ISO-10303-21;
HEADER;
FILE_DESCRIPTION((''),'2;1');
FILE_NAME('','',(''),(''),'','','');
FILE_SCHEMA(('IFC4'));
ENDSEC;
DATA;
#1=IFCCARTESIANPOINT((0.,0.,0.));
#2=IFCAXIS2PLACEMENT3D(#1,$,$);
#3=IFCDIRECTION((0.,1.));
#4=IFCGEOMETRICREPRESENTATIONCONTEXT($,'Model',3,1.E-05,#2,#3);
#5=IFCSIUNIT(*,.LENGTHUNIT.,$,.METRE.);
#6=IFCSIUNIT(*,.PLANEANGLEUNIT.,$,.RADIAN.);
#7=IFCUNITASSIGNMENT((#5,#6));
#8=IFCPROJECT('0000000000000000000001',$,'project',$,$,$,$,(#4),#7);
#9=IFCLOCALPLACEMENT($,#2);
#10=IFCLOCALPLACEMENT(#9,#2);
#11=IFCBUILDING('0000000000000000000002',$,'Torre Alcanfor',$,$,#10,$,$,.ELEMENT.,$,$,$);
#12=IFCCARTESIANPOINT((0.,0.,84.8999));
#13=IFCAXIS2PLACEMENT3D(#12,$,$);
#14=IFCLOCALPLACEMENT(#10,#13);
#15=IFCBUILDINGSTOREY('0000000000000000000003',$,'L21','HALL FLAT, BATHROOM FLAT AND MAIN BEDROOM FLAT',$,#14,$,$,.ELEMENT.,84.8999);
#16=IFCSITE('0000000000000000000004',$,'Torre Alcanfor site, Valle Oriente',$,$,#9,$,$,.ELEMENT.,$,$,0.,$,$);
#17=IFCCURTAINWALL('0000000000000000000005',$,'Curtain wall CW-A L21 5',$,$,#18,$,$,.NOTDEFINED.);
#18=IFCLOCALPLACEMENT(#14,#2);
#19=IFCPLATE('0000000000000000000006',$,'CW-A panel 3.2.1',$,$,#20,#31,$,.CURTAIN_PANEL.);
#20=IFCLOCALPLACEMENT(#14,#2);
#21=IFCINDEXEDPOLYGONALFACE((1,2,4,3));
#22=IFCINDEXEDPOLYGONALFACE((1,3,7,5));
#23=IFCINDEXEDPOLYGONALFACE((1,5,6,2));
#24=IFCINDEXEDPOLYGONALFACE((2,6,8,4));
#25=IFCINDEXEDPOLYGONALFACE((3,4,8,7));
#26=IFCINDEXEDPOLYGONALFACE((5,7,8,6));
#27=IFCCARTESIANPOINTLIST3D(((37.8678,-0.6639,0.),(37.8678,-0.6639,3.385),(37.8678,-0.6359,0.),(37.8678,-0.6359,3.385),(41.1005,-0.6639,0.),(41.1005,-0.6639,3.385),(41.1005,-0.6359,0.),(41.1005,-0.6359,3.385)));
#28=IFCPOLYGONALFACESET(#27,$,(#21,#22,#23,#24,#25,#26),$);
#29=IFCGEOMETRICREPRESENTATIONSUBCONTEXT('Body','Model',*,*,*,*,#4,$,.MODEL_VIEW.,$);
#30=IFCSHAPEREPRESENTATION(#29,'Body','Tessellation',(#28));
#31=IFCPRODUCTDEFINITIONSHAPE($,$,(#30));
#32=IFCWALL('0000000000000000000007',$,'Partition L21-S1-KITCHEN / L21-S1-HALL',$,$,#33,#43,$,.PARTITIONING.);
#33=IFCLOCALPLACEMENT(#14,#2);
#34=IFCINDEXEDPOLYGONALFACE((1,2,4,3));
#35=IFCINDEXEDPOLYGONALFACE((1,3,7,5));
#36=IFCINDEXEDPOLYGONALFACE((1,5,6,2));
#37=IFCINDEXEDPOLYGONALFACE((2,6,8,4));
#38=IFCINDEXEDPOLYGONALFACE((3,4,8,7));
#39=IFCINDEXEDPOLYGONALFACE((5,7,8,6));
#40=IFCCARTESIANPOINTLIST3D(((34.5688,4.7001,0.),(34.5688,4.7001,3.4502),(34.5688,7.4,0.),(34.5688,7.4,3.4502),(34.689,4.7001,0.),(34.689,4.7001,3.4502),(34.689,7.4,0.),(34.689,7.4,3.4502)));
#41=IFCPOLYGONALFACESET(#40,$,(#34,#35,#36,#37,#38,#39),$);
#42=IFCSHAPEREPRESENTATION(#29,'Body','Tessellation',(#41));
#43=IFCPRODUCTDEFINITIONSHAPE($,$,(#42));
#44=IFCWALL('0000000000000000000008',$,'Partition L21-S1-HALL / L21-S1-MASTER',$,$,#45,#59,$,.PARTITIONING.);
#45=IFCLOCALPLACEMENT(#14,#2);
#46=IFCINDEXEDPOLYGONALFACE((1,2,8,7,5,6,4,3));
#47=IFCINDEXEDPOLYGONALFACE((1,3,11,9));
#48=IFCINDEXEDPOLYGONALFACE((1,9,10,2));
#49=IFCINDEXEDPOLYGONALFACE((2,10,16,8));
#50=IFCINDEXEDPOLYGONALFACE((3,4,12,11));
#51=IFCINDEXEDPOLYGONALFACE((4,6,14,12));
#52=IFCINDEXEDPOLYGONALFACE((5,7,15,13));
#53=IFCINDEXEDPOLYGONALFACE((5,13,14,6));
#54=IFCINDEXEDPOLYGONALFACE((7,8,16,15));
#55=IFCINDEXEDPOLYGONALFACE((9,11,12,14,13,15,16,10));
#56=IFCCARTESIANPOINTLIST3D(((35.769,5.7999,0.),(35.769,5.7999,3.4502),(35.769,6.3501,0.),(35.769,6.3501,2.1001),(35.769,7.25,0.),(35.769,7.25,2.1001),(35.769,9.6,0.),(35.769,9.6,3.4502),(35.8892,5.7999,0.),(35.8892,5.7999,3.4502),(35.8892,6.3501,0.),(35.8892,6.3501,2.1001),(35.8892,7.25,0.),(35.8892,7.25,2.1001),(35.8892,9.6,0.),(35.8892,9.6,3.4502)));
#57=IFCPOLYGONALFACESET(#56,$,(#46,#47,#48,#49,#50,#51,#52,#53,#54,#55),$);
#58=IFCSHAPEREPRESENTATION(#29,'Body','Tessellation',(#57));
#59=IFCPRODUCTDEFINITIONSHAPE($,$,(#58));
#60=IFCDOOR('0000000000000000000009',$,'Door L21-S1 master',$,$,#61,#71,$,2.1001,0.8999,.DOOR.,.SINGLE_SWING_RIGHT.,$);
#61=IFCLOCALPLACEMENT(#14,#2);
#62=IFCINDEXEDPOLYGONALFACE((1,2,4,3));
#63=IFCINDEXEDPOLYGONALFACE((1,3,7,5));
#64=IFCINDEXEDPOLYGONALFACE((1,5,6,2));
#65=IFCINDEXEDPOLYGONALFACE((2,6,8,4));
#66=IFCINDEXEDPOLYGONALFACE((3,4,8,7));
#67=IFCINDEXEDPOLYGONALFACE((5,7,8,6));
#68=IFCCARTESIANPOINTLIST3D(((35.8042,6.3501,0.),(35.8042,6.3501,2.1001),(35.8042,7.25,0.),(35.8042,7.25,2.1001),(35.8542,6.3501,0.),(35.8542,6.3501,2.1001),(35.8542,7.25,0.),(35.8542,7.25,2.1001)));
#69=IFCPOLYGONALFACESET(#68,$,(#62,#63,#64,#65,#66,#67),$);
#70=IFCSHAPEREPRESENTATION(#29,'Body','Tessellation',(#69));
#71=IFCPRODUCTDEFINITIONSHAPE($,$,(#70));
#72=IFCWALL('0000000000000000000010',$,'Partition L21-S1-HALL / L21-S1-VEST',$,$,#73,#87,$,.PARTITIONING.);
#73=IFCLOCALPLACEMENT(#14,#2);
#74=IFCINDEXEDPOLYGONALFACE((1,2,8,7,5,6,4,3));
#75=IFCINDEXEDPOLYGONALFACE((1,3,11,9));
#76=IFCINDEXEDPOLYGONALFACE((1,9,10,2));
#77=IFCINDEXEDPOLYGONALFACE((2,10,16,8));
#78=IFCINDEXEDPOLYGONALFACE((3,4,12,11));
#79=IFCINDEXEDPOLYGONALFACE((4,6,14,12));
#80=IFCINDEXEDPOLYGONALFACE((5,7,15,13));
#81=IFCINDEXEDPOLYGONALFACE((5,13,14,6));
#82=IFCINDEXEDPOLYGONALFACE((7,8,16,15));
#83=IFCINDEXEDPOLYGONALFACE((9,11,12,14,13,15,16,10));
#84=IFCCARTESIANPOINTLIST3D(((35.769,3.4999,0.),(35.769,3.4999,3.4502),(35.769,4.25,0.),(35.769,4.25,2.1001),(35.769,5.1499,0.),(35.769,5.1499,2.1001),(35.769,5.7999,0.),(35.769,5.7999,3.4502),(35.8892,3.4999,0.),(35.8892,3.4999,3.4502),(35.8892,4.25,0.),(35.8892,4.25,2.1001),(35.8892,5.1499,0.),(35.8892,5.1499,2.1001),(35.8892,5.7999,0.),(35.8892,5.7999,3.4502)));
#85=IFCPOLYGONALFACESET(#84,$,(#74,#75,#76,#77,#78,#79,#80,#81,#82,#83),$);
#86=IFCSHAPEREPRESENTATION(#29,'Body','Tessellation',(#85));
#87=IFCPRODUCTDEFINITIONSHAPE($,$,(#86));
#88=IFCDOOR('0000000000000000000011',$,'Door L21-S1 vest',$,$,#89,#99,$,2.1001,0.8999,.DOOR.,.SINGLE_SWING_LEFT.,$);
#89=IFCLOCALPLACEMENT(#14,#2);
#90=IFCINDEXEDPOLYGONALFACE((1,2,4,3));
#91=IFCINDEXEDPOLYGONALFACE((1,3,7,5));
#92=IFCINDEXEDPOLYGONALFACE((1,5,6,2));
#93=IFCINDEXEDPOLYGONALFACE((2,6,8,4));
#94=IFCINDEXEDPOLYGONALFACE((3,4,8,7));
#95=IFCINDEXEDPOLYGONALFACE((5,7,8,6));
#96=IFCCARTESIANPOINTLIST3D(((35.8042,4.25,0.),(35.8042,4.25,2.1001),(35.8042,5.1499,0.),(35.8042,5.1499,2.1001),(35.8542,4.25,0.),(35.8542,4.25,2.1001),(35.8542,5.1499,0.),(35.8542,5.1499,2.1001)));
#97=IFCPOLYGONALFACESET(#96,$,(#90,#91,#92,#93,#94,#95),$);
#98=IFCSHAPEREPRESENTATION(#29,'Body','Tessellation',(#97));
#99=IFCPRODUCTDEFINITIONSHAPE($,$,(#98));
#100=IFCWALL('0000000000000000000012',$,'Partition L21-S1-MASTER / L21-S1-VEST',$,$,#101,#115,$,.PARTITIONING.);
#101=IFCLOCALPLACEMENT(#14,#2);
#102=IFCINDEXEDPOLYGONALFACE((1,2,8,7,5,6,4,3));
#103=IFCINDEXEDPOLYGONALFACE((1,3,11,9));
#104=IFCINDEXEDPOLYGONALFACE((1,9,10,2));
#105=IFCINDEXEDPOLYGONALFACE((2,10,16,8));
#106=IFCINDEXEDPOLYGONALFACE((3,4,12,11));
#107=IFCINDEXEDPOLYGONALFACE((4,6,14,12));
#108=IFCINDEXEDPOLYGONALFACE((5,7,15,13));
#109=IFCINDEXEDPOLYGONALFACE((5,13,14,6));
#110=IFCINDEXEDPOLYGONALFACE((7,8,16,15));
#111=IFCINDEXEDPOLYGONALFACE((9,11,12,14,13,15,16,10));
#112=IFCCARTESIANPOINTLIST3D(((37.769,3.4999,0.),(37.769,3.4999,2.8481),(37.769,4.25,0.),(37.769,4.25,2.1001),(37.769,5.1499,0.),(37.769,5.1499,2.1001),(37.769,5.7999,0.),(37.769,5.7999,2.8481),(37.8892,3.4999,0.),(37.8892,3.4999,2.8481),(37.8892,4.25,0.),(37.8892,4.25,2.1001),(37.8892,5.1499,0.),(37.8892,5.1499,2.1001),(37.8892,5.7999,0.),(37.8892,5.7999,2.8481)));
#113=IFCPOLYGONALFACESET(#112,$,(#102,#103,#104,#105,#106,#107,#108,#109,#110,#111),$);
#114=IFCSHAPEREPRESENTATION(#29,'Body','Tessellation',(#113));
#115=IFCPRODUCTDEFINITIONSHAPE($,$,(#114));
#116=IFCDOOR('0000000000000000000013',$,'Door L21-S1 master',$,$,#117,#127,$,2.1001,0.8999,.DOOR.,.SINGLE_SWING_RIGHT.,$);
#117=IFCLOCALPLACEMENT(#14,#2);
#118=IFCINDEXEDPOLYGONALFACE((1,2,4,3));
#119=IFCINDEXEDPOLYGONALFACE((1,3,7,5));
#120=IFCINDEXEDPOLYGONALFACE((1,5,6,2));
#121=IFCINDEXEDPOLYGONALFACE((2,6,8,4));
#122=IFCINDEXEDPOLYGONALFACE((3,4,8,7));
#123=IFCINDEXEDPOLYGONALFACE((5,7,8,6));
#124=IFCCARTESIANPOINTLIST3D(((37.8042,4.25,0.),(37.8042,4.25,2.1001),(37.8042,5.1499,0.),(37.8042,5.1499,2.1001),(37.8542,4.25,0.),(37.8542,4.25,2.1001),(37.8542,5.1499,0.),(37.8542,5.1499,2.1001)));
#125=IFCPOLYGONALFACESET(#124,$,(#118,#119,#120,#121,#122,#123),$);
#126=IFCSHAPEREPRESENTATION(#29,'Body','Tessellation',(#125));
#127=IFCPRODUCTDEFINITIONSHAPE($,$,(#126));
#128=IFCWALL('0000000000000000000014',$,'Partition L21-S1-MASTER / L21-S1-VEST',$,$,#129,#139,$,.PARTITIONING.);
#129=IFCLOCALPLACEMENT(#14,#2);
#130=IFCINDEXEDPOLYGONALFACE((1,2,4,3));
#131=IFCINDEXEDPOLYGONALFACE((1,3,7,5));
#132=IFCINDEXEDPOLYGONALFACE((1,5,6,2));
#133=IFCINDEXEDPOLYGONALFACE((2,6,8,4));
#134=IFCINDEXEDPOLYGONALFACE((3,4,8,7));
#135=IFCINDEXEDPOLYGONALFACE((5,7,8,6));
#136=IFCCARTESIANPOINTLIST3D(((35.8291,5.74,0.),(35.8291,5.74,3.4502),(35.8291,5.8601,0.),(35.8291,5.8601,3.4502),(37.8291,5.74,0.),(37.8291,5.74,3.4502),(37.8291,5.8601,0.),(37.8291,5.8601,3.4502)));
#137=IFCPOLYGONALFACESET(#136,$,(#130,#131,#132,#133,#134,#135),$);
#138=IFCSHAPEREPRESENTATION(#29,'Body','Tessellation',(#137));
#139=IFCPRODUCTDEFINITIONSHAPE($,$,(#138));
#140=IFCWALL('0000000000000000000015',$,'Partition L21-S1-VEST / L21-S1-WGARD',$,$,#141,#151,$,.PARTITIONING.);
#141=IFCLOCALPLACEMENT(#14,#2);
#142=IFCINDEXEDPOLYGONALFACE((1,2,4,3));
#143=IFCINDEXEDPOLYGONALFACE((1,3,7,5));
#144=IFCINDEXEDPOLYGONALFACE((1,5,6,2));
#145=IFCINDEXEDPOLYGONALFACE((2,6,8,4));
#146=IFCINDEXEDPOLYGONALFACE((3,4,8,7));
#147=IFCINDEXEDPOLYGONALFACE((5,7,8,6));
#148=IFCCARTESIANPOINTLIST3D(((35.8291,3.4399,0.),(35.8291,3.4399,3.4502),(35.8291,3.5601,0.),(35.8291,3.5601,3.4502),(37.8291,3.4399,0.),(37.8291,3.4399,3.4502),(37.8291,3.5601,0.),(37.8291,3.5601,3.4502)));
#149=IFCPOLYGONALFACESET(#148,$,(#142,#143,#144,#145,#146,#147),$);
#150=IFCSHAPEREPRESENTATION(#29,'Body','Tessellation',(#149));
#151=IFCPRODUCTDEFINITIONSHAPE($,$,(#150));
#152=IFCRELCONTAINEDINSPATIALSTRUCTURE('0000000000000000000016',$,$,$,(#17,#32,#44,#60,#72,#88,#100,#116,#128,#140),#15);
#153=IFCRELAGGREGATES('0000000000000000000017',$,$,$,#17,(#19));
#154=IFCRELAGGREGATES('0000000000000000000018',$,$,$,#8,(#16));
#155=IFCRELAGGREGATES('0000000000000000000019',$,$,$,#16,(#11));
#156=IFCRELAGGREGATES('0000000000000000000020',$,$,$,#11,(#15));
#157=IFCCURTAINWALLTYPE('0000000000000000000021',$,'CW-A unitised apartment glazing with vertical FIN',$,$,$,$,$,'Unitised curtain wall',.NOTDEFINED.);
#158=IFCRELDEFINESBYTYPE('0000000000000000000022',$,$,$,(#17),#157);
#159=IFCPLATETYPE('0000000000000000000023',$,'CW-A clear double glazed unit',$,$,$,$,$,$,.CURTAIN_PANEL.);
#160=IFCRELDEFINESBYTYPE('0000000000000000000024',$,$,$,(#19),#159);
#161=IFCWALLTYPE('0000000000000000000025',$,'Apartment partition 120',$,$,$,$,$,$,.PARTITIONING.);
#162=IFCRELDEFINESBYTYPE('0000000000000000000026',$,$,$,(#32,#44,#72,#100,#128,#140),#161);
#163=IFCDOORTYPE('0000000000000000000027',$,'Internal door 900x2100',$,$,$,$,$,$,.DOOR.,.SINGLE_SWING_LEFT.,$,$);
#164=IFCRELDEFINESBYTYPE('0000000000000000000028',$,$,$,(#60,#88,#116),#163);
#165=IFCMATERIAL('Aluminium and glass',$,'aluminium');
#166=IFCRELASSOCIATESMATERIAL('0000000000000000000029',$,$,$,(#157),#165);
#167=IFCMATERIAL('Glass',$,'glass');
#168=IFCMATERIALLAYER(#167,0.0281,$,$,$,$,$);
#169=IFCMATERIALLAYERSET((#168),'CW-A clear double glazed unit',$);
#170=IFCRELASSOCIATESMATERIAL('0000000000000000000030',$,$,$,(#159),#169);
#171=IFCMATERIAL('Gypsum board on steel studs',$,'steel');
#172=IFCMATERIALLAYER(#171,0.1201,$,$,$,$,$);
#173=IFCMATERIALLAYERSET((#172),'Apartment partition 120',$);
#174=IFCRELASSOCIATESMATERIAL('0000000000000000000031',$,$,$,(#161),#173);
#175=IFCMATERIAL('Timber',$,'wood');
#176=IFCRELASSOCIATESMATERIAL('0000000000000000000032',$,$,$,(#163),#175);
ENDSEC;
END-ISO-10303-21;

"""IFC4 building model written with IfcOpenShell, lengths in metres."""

from ifc_helpers import new_model, si_unit, direction, frame, frame_2d, origin, origin_2d, place, context, subcontext, project, spatial, rectangle, extrude, material, layer, layer_set, type_object, element, fill, aggregate, save


model = new_model("IFC4")

# Units and contexts
model_context = context("Model", 3, precision=1e-05, world=origin(), true_north=direction((0.0, 1.0)))
body_context = subcontext(model_context, "Body", "Model", "MODEL_VIEW")
ifc_project = project(units=[si_unit("LENGTHUNIT", "METRE"), si_unit("PLANEANGLEUNIT", "RADIAN")], contexts=[model_context])

# Site, building, storey
site_placement = place(None, origin())
site = spatial("IfcSite", under=ifc_project, at=site_placement, Name="Torre Alcanfor site, Valle Oriente", CompositionType="ELEMENT", RefElevation=0.0)
building_placement = place(site_placement, origin())
building = spatial("IfcBuilding", under=site, at=building_placement, Name="Torre Alcanfor", CompositionType="ELEMENT")
storey_placement = place(building_placement, frame((0.0, 0.0, 84.8999)))
storey = spatial("IfcBuildingStorey", under=building, at=storey_placement, Name="L21", Description="HALL FLAT, BATHROOM FLAT AND MAIN BEDROOM FLAT", CompositionType="ELEMENT", Elevation=84.8999)

# Curtain wall
ifc_material_1 = material(Name="Aluminium and glass", Category="aluminium")
curtain_wall_type = type_object("IfcCurtainWallType", Name="CW-A unitised apartment glazing with vertical FIN", ElementType="Unitised curtain wall", PredefinedType="NOTDEFINED", material=ifc_material_1)
curtain_wall_placement = place(storey_placement, origin())
curtain_wall = element("IfcCurtainWall", 1, at=curtain_wall_placement, inside=storey, type_object=curtain_wall_type, Name="Curtain wall CW-A L21 5", PredefinedType="NOTDEFINED")

# Plate
ifc_material_2 = material(Name="Glass", Category="glass")
ifc_layer_1 = layer(ifc_material_2, 0.0281)
ifc_layer_set_1 = layer_set([ifc_layer_1], Name="CW-A clear double glazed unit")
plate_type = type_object("IfcPlateType", Name="CW-A clear double glazed unit", PredefinedType="CURTAIN_PANEL", material=ifc_layer_set_1)
plate_1_placement = place(storey_placement, frame((39.4841, -0.6499, 0.0), z_axis=(0.0, 0.0, 1.0), x_axis=(1.0, 0.0, 0.0)))
plate_1 = element("IfcPlate", 2, at=plate_1_placement, type_object=plate_type, Name="CW-A panel 3.2.1", PredefinedType="CURTAIN_PANEL", context=body_context, shape_type="SweptSolid", body=[
    extrude(rectangle(XDim=3.2327, YDim=0.0281, at=origin_2d()), origin(), (0.0, 0.0, 1.0), 3.385),
])
aggregate(curtain_wall, [plate_1])

# Wall
ifc_material_3 = material(Name="Gypsum board on steel studs", Category="steel")
ifc_layer_2 = layer(ifc_material_3, 0.1201)
ifc_layer_set_2 = layer_set([ifc_layer_2], Name="Apartment partition 120")
wall_type_1 = type_object("IfcWallType", Name="Apartment partition 120", PredefinedType="PARTITIONING", material=ifc_layer_set_2)
wall_1_placement = place(storey_placement, frame((34.6289, 4.7, 0.0), z_axis=(0.0, 0.0, 1.0), x_axis=(0.0, 1.0, 0.0)))
element("IfcWall", 3, at=wall_1_placement, inside=storey, type_object=wall_type_1, Name="Partition L21-S1-KITCHEN / L21-S1-HALL", PredefinedType="PARTITIONING", context=body_context, shape_type="SweptSolid", body=[
    extrude(rectangle(XDim=2.7, YDim=0.1201, at=frame_2d((1.3501, 0.0))), origin(), (0.0, 0.0, 1.0), 3.4502),
])

# Walls, openings, doors
wall_2_placement = place(storey_placement, frame((35.8291, 5.8, 0.0), z_axis=(0.0, 0.0, 1.0), x_axis=(0.0, 1.0, 0.0)))
wall_2 = element("IfcWall", 4, at=wall_2_placement, inside=storey, type_object=wall_type_1, Name="Partition L21-S1-HALL / L21-S1-MASTER", PredefinedType="PARTITIONING", context=body_context, shape_type="SweptSolid", body=[
    extrude(rectangle(XDim=3.8, YDim=0.1201, at=frame_2d((1.8999, 0.0))), origin(), (0.0, 0.0, 1.0), 3.4502),
])
opening_1_placement = place(wall_2_placement, frame((0.55, 0.0, 0.0)))
opening_1 = element("IfcOpeningElement", 5, at=opening_1_placement, cuts=wall_2, PredefinedType="OPENING", context=body_context, shape_type="SweptSolid", body=[
    extrude(rectangle(XDim=0.8999, YDim=2.1001, at=frame_2d((0.45, 1.05))), frame((0.0, 0.0701, 0.0), z_axis=(0.0, -1.0, 0.0), x_axis=(1.0, 0.0, 0.0)), (0.0, 0.0, 1.0), 0.1401),
])
ifc_material_4 = material(Name="Timber", Category="wood")
door_type = type_object("IfcDoorType", Name="Internal door 900x2100", OperationType="SINGLE_SWING_LEFT", PredefinedType="DOOR", material=ifc_material_4)
door_1_placement = place(opening_1_placement, frame((0.8999, 0.0, 0.0), z_axis=(0.0, 0.0, 1.0), x_axis=(-1.0, 0.0, 0.0)))
door_1 = element("IfcDoor", 6, at=door_1_placement, inside=storey, type_object=door_type, Name="Door L21-S1 master", OperationType="SINGLE_SWING_RIGHT", OverallHeight=2.1001, OverallWidth=0.8999, PredefinedType="DOOR", context=body_context, shape_type="SweptSolid", body=[
    extrude(rectangle(XDim=0.8999, YDim=2.1001, at=frame_2d((0.45, 1.05))), frame((0.0, 0.0251, 0.0), z_axis=(0.0, -1.0, 0.0), x_axis=(1.0, 0.0, 0.0)), (0.0, 0.0, 1.0), 0.05),
])
fill(opening_1, door_1)
wall_3_placement = place(storey_placement, frame((35.8291, 3.5, 0.0), z_axis=(0.0, 0.0, 1.0), x_axis=(0.0, 1.0, 0.0)))
wall_3 = element("IfcWall", 7, at=wall_3_placement, inside=storey, type_object=wall_type_1, Name="Partition L21-S1-HALL / L21-S1-VEST", PredefinedType="PARTITIONING", context=body_context, shape_type="SweptSolid", body=[
    extrude(rectangle(XDim=2.3, YDim=0.1201, at=frame_2d((1.1499, 0.0))), origin(), (0.0, 0.0, 1.0), 3.4502),
])
opening_2_placement = place(wall_3_placement, frame((0.75, 0.0, 0.0)))
opening_2 = element("IfcOpeningElement", 8, at=opening_2_placement, cuts=wall_3, PredefinedType="OPENING", context=body_context, shape_type="SweptSolid", body=[
    extrude(rectangle(XDim=0.8999, YDim=2.1001, at=frame_2d((0.45, 1.05))), frame((0.0, 0.0701, 0.0), z_axis=(0.0, -1.0, 0.0), x_axis=(1.0, 0.0, 0.0)), (0.0, 0.0, 1.0), 0.1401),
])
door_2_placement = place(opening_2_placement, frame((0.8999, 0.0, 0.0), z_axis=(0.0, 0.0, 1.0), x_axis=(-1.0, 0.0, 0.0)))
door_2 = element("IfcDoor", 9, at=door_2_placement, inside=storey, type_object=door_type, Name="Door L21-S1 vest", OperationType="SINGLE_SWING_LEFT", OverallHeight=2.1001, OverallWidth=0.8999, PredefinedType="DOOR", context=body_context, shape_type="SweptSolid", body=[
    extrude(rectangle(XDim=0.8999, YDim=2.1001, at=frame_2d((0.45, 1.05))), frame((0.0, 0.0251, 0.0), z_axis=(0.0, -1.0, 0.0), x_axis=(1.0, 0.0, 0.0)), (0.0, 0.0, 1.0), 0.05),
])
fill(opening_2, door_2)
wall_4_placement = place(storey_placement, frame((37.8291, 3.5, 0.0), z_axis=(0.0, 0.0, 1.0), x_axis=(0.0, 1.0, 0.0)))
wall_4 = element("IfcWall", 10, at=wall_4_placement, inside=storey, type_object=wall_type_1, Name="Partition L21-S1-MASTER / L21-S1-VEST", PredefinedType="PARTITIONING", context=body_context, shape_type="SweptSolid", body=[
    extrude(rectangle(XDim=2.3, YDim=0.1201, at=frame_2d((1.1499, 0.0))), origin(), (0.0, 0.0, 1.0), 2.8481),
])
opening_3_placement = place(wall_4_placement, frame((0.75, 0.0, 0.0)))
opening_3 = element("IfcOpeningElement", 11, at=opening_3_placement, cuts=wall_4, PredefinedType="OPENING", context=body_context, shape_type="SweptSolid", body=[
    extrude(rectangle(XDim=0.8999, YDim=2.1001, at=frame_2d((0.45, 1.05))), frame((0.0, 0.0701, 0.0), z_axis=(0.0, -1.0, 0.0), x_axis=(1.0, 0.0, 0.0)), (0.0, 0.0, 1.0), 0.1401),
])
door_3_placement = place(opening_3_placement, origin())
door_3 = element("IfcDoor", 12, at=door_3_placement, inside=storey, type_object=door_type, Name="Door L21-S1 master", OperationType="SINGLE_SWING_RIGHT", OverallHeight=2.1001, OverallWidth=0.8999, PredefinedType="DOOR", context=body_context, shape_type="SweptSolid", body=[
    extrude(rectangle(XDim=0.8999, YDim=2.1001, at=frame_2d((0.45, 1.05))), frame((0.0, 0.0249, 0.0), z_axis=(0.0, -1.0, 0.0), x_axis=(1.0, 0.0, 0.0)), (0.0, 0.0, 1.0), 0.05),
])
fill(opening_3, door_3)

# Walls
for number, where, z_axis, x_axis, name in (
    (13, (37.8291, 5.8, 0.0), (0.0, 0.0, 1.0), (-1.0, 0.0, 0.0), "Partition L21-S1-MASTER / L21-S1-VEST"),
    (14, (35.8291, 3.5, 0.0), (0.0, 0.0, 1.0), (1.0, 0.0, 0.0), "Partition L21-S1-VEST / L21-S1-WGARD"),
):
    element("IfcWall", number, at=place(storey_placement, frame(where, z_axis=z_axis, x_axis=x_axis)), inside=storey, type_object=wall_type_1, Name=name, PredefinedType="PARTITIONING", context=body_context, shape_type="SweptSolid", body=[
        extrude(rectangle(XDim=2.0, YDim=0.1201, at=frame_2d((1.0, 0.0))), origin(), (0.0, 0.0, 1.0), 3.4502),
    ])

save(model, "model.ifc")
